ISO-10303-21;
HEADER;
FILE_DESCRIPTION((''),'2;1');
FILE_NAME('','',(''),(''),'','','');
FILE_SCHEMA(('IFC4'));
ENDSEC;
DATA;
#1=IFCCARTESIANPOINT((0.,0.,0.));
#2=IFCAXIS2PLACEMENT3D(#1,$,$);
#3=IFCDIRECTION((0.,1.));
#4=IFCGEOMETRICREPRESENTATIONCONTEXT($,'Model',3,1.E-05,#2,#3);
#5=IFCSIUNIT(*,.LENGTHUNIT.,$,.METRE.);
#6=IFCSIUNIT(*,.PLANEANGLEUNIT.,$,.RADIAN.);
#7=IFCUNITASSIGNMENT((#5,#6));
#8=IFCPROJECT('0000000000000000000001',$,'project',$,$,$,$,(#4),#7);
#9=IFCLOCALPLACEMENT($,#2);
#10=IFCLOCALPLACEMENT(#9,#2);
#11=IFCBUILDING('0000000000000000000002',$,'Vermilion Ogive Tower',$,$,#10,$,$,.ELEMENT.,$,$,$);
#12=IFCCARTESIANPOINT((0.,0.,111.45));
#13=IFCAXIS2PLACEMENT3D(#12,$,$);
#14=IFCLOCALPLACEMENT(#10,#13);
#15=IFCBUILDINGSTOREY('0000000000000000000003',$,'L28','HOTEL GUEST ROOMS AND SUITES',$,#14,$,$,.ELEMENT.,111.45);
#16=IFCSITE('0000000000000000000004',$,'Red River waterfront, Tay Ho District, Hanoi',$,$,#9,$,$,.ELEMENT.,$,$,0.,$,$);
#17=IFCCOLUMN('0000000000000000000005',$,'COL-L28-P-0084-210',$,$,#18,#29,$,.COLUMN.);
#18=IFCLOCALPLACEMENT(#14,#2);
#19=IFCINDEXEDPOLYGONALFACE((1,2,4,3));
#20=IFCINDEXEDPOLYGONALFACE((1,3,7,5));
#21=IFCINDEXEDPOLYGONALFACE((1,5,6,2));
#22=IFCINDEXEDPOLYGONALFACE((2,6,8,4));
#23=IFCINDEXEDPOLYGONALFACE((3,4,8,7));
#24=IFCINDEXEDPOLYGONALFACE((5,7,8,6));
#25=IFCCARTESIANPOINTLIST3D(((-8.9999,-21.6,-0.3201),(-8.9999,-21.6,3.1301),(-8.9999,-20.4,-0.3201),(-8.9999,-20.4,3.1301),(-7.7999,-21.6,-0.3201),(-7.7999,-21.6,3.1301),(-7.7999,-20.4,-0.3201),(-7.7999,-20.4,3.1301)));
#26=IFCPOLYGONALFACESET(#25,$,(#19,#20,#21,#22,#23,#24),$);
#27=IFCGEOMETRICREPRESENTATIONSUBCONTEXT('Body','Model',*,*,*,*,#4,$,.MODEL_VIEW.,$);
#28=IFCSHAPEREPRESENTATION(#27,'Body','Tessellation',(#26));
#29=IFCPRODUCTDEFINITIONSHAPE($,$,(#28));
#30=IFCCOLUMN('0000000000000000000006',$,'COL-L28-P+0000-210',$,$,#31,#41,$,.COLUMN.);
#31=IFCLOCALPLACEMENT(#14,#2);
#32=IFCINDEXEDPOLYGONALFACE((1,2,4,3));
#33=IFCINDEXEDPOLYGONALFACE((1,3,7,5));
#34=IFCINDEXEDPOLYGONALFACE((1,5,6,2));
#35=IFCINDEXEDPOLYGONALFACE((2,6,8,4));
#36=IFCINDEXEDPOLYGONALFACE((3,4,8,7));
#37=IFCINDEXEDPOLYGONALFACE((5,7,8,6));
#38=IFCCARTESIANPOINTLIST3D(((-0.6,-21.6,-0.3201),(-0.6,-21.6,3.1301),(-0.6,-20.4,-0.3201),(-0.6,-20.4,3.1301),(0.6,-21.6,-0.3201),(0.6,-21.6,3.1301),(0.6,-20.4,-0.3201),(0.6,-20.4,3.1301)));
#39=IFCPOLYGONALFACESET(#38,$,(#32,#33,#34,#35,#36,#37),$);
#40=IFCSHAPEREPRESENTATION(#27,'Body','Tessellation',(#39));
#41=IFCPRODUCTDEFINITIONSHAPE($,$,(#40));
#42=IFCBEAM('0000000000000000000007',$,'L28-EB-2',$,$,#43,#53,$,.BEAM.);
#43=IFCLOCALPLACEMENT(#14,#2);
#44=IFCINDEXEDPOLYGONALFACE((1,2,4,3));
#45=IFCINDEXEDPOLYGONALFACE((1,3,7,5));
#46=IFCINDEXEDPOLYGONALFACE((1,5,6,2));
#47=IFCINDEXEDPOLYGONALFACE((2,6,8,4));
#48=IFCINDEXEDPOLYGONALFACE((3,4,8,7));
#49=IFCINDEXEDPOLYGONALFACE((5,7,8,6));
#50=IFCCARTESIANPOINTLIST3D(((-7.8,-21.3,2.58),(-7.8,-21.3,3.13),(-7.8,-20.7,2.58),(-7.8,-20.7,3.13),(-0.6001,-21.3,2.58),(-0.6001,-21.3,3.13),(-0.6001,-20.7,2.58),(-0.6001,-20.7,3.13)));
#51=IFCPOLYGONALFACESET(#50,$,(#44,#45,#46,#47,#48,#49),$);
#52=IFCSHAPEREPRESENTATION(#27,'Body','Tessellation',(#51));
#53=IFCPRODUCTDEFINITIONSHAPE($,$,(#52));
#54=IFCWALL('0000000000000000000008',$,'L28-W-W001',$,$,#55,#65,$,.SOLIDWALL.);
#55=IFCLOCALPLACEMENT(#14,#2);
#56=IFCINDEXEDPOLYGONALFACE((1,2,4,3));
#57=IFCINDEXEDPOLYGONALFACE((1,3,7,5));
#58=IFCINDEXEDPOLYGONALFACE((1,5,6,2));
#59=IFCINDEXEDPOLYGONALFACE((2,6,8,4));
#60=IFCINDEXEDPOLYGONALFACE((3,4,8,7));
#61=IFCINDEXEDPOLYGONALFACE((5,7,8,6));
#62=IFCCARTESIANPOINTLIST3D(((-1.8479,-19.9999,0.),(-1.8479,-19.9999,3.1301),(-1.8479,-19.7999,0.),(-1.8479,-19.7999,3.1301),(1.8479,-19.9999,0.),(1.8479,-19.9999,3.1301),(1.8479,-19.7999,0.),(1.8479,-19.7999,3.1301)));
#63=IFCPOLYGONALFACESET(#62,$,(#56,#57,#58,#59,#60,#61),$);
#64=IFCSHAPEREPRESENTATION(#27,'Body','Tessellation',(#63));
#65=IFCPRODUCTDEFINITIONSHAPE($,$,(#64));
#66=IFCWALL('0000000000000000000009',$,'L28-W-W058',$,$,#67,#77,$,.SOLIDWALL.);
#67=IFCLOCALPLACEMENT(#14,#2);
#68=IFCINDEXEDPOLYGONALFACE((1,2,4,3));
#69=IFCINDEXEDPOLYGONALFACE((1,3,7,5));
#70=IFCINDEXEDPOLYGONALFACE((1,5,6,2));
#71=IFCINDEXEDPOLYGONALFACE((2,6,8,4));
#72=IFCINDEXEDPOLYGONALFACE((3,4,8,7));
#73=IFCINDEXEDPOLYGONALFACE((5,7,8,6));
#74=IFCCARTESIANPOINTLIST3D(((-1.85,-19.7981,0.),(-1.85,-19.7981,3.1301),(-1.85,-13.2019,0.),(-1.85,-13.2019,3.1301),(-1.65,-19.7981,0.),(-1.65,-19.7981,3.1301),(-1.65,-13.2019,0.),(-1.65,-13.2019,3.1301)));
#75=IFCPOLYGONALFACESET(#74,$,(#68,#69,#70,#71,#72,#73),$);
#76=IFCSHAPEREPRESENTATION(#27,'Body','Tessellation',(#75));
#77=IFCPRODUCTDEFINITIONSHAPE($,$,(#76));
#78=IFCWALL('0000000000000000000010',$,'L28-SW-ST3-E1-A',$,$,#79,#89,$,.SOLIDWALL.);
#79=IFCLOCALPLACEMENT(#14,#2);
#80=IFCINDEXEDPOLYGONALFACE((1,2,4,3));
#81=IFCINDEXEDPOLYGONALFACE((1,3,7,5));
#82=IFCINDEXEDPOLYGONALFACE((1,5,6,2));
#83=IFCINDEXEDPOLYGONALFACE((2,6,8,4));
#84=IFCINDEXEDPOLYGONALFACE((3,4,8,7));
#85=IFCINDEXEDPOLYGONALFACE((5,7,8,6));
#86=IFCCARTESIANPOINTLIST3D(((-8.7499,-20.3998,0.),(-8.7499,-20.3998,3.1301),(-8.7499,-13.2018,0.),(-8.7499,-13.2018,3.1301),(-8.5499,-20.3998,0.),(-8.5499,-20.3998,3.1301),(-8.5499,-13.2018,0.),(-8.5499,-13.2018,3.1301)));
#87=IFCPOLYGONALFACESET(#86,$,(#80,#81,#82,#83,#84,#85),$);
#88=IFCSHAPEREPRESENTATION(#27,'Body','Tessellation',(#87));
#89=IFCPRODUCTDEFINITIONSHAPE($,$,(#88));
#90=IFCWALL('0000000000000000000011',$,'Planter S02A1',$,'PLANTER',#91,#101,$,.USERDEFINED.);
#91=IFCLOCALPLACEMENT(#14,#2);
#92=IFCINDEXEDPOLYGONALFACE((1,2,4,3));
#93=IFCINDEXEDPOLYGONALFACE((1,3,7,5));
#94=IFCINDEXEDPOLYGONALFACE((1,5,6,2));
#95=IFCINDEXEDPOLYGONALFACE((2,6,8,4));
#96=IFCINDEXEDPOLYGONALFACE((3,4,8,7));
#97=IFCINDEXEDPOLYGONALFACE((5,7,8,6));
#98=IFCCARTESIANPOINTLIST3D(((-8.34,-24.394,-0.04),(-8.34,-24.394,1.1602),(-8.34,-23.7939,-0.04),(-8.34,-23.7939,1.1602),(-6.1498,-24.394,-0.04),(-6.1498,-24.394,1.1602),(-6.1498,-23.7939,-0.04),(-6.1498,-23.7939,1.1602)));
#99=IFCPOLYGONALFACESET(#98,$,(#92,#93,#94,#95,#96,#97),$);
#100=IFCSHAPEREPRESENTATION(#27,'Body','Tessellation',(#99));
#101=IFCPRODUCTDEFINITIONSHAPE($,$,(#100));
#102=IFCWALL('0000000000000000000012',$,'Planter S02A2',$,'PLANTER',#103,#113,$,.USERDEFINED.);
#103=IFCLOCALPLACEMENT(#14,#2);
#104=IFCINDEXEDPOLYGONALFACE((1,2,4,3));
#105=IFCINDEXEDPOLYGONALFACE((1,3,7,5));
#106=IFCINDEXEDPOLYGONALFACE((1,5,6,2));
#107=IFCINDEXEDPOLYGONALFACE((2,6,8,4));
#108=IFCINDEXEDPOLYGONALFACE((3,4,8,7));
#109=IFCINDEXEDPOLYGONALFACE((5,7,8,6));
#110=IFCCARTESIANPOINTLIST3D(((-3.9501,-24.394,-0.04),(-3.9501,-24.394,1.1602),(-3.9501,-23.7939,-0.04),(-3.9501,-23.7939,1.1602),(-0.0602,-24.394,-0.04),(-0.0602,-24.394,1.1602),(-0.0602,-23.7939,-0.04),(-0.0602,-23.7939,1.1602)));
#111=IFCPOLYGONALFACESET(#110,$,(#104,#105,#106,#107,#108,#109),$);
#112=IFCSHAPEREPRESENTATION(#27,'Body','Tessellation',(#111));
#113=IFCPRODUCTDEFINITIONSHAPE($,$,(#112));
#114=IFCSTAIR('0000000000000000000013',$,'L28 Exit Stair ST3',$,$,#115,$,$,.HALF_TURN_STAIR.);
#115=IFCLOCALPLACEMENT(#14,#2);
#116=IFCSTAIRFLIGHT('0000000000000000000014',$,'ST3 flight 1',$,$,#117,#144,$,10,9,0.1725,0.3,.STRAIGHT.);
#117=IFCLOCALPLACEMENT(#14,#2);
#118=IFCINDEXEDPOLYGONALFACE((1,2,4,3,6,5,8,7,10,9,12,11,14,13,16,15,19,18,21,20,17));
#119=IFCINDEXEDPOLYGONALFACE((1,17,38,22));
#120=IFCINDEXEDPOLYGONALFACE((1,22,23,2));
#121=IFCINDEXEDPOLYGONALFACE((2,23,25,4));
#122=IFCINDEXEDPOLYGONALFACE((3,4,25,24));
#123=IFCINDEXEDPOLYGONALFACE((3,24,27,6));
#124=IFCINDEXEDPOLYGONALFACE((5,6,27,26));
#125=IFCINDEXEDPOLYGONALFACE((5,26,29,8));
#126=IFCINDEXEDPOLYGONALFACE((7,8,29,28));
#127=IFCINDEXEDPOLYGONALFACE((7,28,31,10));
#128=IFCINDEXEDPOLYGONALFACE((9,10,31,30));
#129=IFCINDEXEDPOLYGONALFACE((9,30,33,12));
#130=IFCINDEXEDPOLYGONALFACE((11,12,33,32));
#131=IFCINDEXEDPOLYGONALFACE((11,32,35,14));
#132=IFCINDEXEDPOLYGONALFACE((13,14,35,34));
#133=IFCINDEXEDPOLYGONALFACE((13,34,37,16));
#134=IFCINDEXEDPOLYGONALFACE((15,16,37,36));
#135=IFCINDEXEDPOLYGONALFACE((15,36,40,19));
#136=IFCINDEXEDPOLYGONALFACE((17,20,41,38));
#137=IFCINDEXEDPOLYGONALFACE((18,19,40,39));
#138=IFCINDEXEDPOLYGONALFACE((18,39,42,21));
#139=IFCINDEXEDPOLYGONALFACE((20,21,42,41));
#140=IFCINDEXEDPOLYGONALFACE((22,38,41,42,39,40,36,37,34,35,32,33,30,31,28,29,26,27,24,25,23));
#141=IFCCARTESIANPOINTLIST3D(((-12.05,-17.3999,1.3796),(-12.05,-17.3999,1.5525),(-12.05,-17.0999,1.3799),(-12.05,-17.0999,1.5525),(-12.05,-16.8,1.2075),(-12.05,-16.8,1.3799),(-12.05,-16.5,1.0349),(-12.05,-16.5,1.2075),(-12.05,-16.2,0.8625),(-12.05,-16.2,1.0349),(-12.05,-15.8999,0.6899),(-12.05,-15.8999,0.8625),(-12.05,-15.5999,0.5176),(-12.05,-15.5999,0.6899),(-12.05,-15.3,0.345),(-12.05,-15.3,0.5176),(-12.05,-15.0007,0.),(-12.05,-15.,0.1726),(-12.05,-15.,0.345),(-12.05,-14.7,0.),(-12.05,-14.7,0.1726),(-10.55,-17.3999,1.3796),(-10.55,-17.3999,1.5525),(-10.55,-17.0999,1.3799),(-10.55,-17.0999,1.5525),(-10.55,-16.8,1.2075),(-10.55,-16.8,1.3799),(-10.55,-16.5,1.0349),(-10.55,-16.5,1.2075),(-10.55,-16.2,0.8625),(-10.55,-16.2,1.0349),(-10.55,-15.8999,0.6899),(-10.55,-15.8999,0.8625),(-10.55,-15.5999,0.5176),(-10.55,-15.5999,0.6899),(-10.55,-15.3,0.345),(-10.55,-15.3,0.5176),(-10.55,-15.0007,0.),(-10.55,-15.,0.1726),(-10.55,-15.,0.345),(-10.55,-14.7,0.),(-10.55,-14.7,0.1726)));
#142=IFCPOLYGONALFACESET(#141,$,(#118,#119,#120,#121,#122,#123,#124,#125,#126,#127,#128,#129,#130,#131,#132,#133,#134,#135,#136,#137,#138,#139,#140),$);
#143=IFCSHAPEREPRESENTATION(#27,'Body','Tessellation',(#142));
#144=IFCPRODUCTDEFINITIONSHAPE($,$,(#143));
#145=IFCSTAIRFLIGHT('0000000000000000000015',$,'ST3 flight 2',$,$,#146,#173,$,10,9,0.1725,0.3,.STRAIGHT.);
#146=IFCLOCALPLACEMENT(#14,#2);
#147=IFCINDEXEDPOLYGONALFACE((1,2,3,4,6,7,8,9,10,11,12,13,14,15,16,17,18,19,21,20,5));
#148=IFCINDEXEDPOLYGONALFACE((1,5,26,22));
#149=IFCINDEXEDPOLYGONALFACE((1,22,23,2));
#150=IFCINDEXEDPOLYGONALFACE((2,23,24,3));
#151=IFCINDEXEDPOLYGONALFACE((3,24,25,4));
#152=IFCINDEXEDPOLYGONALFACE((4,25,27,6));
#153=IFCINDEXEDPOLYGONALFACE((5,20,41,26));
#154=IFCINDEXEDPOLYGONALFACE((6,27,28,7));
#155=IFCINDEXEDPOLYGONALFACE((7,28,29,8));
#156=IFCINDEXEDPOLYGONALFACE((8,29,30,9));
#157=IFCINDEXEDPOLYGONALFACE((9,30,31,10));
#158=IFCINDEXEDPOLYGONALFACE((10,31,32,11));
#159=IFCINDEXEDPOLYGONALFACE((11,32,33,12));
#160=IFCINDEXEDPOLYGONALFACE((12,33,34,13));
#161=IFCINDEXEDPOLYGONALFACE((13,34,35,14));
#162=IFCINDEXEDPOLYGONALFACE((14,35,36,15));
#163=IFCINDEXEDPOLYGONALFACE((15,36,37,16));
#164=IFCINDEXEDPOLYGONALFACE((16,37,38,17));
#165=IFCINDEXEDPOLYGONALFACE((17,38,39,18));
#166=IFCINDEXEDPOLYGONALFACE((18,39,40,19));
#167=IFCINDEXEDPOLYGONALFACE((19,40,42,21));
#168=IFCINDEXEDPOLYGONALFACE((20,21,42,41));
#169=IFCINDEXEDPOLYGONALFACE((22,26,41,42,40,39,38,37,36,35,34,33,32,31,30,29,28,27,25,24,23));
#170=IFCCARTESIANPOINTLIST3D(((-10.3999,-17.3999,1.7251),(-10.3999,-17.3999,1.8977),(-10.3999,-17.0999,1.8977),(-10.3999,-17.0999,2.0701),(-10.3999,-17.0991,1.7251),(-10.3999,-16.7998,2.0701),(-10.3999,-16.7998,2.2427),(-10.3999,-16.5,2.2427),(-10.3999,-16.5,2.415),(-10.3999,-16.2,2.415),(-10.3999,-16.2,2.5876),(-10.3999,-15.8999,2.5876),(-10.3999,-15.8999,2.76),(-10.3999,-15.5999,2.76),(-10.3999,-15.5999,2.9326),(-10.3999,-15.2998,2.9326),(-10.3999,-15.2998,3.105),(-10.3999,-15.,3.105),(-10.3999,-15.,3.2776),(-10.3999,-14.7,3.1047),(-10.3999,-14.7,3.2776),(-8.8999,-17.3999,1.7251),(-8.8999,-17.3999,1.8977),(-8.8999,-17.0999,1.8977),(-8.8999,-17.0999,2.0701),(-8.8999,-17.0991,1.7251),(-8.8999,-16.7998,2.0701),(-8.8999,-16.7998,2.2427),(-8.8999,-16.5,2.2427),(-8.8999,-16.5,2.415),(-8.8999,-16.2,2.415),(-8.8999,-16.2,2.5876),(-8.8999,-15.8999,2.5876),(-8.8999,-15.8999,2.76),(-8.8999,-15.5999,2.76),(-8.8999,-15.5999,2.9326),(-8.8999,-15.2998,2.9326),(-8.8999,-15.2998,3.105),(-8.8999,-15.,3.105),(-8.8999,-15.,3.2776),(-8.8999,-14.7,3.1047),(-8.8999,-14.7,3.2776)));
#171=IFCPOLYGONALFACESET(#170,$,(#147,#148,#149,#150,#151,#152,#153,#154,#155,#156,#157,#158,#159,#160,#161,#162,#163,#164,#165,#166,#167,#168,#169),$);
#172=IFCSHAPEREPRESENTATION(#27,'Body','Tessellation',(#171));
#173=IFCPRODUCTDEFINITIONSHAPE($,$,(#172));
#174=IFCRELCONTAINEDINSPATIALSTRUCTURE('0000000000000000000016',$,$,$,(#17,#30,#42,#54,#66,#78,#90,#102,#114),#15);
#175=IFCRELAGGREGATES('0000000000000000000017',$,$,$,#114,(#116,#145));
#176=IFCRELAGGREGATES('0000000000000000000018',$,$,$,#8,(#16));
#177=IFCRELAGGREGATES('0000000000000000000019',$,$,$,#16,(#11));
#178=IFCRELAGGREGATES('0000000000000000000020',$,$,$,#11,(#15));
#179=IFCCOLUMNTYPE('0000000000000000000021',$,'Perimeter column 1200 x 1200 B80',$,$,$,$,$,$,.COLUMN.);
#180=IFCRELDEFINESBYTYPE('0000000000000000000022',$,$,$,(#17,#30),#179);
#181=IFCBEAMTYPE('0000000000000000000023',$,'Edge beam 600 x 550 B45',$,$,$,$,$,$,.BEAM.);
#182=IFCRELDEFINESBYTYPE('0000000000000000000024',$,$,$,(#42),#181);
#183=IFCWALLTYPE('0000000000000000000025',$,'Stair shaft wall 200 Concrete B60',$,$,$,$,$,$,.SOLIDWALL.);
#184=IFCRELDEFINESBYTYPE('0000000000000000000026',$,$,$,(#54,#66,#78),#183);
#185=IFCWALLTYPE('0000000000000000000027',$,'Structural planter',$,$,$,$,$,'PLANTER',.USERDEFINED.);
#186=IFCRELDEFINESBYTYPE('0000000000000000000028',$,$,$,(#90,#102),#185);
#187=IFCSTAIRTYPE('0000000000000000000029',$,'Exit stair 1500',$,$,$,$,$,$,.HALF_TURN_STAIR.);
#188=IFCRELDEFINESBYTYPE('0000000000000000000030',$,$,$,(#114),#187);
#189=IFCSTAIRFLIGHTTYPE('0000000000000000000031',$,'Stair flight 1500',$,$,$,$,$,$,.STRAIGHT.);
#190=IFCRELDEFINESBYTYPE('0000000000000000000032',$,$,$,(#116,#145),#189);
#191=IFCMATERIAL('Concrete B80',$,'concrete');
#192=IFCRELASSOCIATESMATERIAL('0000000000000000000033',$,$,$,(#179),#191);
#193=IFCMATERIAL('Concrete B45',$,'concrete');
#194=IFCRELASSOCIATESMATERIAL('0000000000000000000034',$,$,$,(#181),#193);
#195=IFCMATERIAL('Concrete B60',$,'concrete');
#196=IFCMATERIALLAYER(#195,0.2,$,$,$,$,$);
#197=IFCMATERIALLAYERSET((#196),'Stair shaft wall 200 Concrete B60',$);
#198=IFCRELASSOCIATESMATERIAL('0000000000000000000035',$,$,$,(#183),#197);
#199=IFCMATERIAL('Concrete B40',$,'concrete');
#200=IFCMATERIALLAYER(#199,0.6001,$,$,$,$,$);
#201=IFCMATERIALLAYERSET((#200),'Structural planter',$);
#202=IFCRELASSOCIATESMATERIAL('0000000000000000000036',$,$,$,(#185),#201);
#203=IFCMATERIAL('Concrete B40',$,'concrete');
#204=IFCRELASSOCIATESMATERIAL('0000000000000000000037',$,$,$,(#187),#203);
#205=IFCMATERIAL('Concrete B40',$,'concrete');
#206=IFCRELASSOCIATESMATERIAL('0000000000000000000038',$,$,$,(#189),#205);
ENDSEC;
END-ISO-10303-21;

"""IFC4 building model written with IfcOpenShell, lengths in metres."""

from ifc_helpers import new_model, si_unit, direction, frame, frame_2d, origin, origin_2d, place, context, subcontext, project, spatial, polyline, rectangle, outline, extrude, material, layer, layer_set, material_profile, profile_set, type_object, element, aggregate, save


model = new_model("IFC4")

# Units and contexts
model_context = context("Model", 3, precision=1e-05, world=origin(), true_north=direction((0.0, 1.0)))
body_context = subcontext(model_context, "Body", "Model", "MODEL_VIEW")
ifc_project = project(units=[si_unit("LENGTHUNIT", "METRE"), si_unit("PLANEANGLEUNIT", "RADIAN")], contexts=[model_context])

# Site, building, storey
site_placement = place(None, origin())
site = spatial("IfcSite", under=ifc_project, at=site_placement, Name="Red River waterfront, Tay Ho District, Hanoi", CompositionType="ELEMENT", RefElevation=0.0)
building_placement = place(site_placement, origin())
building = spatial("IfcBuilding", under=site, at=building_placement, Name="Vermilion Ogive Tower", CompositionType="ELEMENT")
storey_placement = place(building_placement, frame((0.0, 0.0, 111.45)))
storey = spatial("IfcBuildingStorey", under=building, at=storey_placement, Name="L28", Description="HOTEL GUEST ROOMS AND SUITES", CompositionType="ELEMENT", Elevation=111.45)

# Columns
ifc_material_1 = material(Name="Concrete B80", Category="concrete")
ifc_material_profile_1 = material_profile(ifc_material_1, rectangle(XDim=1.2, YDim=1.2, at=origin_2d()), Name="1200 x 1200")
ifc_profile_set_1 = profile_set([ifc_material_profile_1], Name="Concrete B80")
column_type = type_object("IfcColumnType", Name="Perimeter column 1200 x 1200 B80", PredefinedType="COLUMN", material=ifc_profile_set_1)
for number, where, z_axis, x_axis, name in (
    (1, (-8.3999, -21.0, -0.3201), (0.0, 0.0, 1.0), (1.0, 0.0, 0.0), "COL-L28-P-0084-210"),
    (2, (0.0, -21.0, -0.3201), (0.0, 0.0, 1.0), (1.0, 0.0, 0.0), "COL-L28-P+0000-210"),
):
    element("IfcColumn", number, at=place(storey_placement, frame(where, z_axis=z_axis, x_axis=x_axis)), inside=storey, type_object=column_type, Name=name, PredefinedType="COLUMN", context=body_context, shape_type="SweptSolid", body=[
        extrude(rectangle(XDim=1.2, YDim=1.2, at=origin_2d()), origin(), (0.0, 0.0, 1.0), 3.4502),
    ])

# Beam
ifc_material_2 = material(Name="Concrete B45", Category="concrete")
ifc_material_profile_2 = material_profile(ifc_material_2, rectangle(XDim=0.6001, YDim=0.55, at=origin_2d()), Name="600 x 550")
ifc_profile_set_2 = profile_set([ifc_material_profile_2], Name="Concrete B45")
beam_type = type_object("IfcBeamType", Name="Edge beam 600 x 550 B45", PredefinedType="BEAM", material=ifc_profile_set_2)
beam_placement = place(storey_placement, frame((-7.8, -21.0, 2.855), z_axis=(1.0, 0.0, 0.0), x_axis=(0.0, 1.0, 0.0)))
element("IfcBeam", 3, at=beam_placement, inside=storey, type_object=beam_type, Name="L28-EB-2", PredefinedType="BEAM", context=body_context, shape_type="SweptSolid", body=[
    extrude(rectangle(XDim=0.6001, YDim=0.55, at=origin_2d()), origin(), (0.0, 0.0, 1.0), 7.2),
])

# Walls
ifc_material_3 = material(Name="Concrete B60", Category="concrete")
ifc_layer_1 = layer(ifc_material_3, 0.2)
ifc_layer_set_1 = layer_set([ifc_layer_1], Name="Stair shaft wall 200 Concrete B60")
wall_type_1 = type_object("IfcWallType", Name="Stair shaft wall 200 Concrete B60", PredefinedType="SOLIDWALL", material=ifc_layer_set_1)
wall_1_placement = place(storey_placement, frame((-1.8479, -19.8999, 0.0), z_axis=(0.0, 0.0, 1.0), x_axis=(1.0, 0.0, 0.0)))
element("IfcWall", 4, at=wall_1_placement, inside=storey, type_object=wall_type_1, Name="L28-W-W001", PredefinedType="SOLIDWALL", context=body_context, shape_type="SweptSolid", body=[
    extrude(rectangle(XDim=3.6958, YDim=0.2, at=frame_2d((1.8479, 0.0))), origin(), (0.0, 0.0, 1.0), 3.1301),
])
wall_2_placement = place(storey_placement, frame((-1.75, -19.7981, 0.0), z_axis=(0.0, 0.0, 1.0), x_axis=(0.0, 1.0, 0.0)))
element("IfcWall", 5, at=wall_2_placement, inside=storey, type_object=wall_type_1, Name="L28-W-W058", PredefinedType="SOLIDWALL", context=body_context, shape_type="SweptSolid", body=[
    extrude(rectangle(XDim=6.5962, YDim=0.2, at=frame_2d((3.2981, 0.0))), origin(), (0.0, 0.0, 1.0), 3.1301),
])
wall_3_placement = place(storey_placement, frame((-8.6499, -20.3999, 0.0), z_axis=(0.0, 0.0, 1.0), x_axis=(0.0, 1.0, 0.0)))
element("IfcWall", 6, at=wall_3_placement, inside=storey, type_object=wall_type_1, Name="L28-SW-ST3-E1-A", PredefinedType="SOLIDWALL", context=body_context, shape_type="SweptSolid", body=[
    extrude(rectangle(XDim=7.198, YDim=0.2, at=frame_2d((3.5991, 0.0))), origin(), (0.0, 0.0, 1.0), 3.1301),
])
ifc_material_4 = material(Name="Concrete B40", Category="concrete")
ifc_layer_2 = layer(ifc_material_4, 0.6001)
ifc_layer_set_2 = layer_set([ifc_layer_2], Name="Structural planter")
wall_type_2 = type_object("IfcWallType", Name="Structural planter", ElementType="PLANTER", PredefinedType="USERDEFINED", material=ifc_layer_set_2)
wall_4_placement = place(storey_placement, frame((-8.3401, -24.094, -0.04), z_axis=(0.0, 0.0, 1.0), x_axis=(1.0, 0.0, 0.0)))
element("IfcWall", 7, at=wall_4_placement, inside=storey, type_object=wall_type_2, Name="Planter S02A1", ObjectType="PLANTER", PredefinedType="USERDEFINED", context=body_context, shape_type="SweptSolid", body=[
    extrude(rectangle(XDim=2.1902, YDim=0.6001, at=frame_2d((1.0952, 0.0))), origin(), (0.0, 0.0, 1.0), 1.2002),
])
wall_5_placement = place(storey_placement, frame((-3.95, -24.094, -0.04), z_axis=(0.0, 0.0, 1.0), x_axis=(1.0, 0.0, 0.0)))
element("IfcWall", 8, at=wall_5_placement, inside=storey, type_object=wall_type_2, Name="Planter S02A2", ObjectType="PLANTER", PredefinedType="USERDEFINED", context=body_context, shape_type="SweptSolid", body=[
    extrude(rectangle(XDim=3.8899, YDim=0.6001, at=frame_2d((1.9448, 0.0))), origin(), (0.0, 0.0, 1.0), 1.2002),
])

# Stair, stair flights
ifc_material_5 = material(Name="Concrete B40", Category="concrete")
stair_type = type_object("IfcStairType", Name="Exit stair 1500", PredefinedType="HALF_TURN_STAIR", material=ifc_material_5)
stair_placement = place(storey_placement, origin())
stair = element("IfcStair", 9, at=stair_placement, inside=storey, type_object=stair_type, Name="L28 Exit Stair ST3", PredefinedType="HALF_TURN_STAIR")
ifc_material_6 = material(Name="Concrete B40", Category="concrete")
stair_flight_type = type_object("IfcStairFlightType", Name="Stair flight 1500", PredefinedType="STRAIGHT", material=ifc_material_6)
stair_flight_1_placement = place(storey_placement, frame((-11.3, -14.7, 0.0), z_axis=(0.0, 0.0, 1.0), x_axis=(0.0, -1.0, 0.0)))
stair_flight_1 = element("IfcStairFlight", 10, at=stair_flight_1_placement, type_object=stair_flight_type, Name="ST3 flight 1", NumberOfRisers=10, NumberOfTreads=9, PredefinedType="STRAIGHT", RiserHeight=0.1725, TreadLength=0.3, context=body_context, shape_type="SweptSolid", body=[
    extrude(outline(polyline([(0.0, 0.0), (0.0, 0.1726), (0.3, 0.1726), (0.3, 0.345), (0.6001, 0.345), (0.6001, 0.5176), (0.8999, 0.5176), (0.8999, 0.6899), (1.2, 0.6899), (1.2, 0.8625), (1.5, 0.8625), (1.5, 1.0349), (1.8, 1.0349), (1.8, 1.2075), (2.1001, 1.2075), (2.1001, 1.3799), (2.3999, 1.3799), (2.3999, 1.5525), (2.7, 1.5525), (2.7, 1.7251), (2.7, 1.3796), (0.3008, 0.0), (0.0, 0.0)])), frame((0.0, 0.75, 0.0), z_axis=(0.0, -1.0, 0.0), x_axis=(1.0, 0.0, 0.0)), (0.0, 0.0, 1.0), 1.5),
])
stair_flight_2_placement = place(storey_placement, frame((-9.6499, -17.3999, 1.7251), z_axis=(0.0, 0.0, 1.0), x_axis=(0.0, 1.0, 0.0)))
stair_flight_2 = element("IfcStairFlight", 11, at=stair_flight_2_placement, type_object=stair_flight_type, Name="ST3 flight 2", NumberOfRisers=10, NumberOfTreads=9, PredefinedType="STRAIGHT", RiserHeight=0.1725, TreadLength=0.3, context=body_context, shape_type="SweptSolid", body=[
    extrude(outline(polyline([(0.0, 0.0), (0.0, 0.1726), (0.3, 0.1726), (0.3, 0.345), (0.6001, 0.345), (0.6001, 0.5176), (0.8999, 0.5176), (0.8999, 0.6899), (1.2, 0.6899), (1.2, 0.8625), (1.5, 0.8625), (1.5, 1.0349), (1.8, 1.0349), (1.8, 1.2075), (2.1001, 1.2075), (2.1001, 1.3799), (2.3999, 1.3799), (2.3999, 1.5525), (2.7, 1.5525), (2.7, 1.7251), (2.7, 1.3796), (0.3008, 0.0), (0.0, 0.0)])), frame((0.0, 0.75, 0.0), z_axis=(0.0, -1.0, 0.0), x_axis=(1.0, 0.0, 0.0)), (0.0, 0.0, 1.0), 1.5),
])
aggregate(stair, [stair_flight_1, stair_flight_2])

save(model, "model.ifc")
